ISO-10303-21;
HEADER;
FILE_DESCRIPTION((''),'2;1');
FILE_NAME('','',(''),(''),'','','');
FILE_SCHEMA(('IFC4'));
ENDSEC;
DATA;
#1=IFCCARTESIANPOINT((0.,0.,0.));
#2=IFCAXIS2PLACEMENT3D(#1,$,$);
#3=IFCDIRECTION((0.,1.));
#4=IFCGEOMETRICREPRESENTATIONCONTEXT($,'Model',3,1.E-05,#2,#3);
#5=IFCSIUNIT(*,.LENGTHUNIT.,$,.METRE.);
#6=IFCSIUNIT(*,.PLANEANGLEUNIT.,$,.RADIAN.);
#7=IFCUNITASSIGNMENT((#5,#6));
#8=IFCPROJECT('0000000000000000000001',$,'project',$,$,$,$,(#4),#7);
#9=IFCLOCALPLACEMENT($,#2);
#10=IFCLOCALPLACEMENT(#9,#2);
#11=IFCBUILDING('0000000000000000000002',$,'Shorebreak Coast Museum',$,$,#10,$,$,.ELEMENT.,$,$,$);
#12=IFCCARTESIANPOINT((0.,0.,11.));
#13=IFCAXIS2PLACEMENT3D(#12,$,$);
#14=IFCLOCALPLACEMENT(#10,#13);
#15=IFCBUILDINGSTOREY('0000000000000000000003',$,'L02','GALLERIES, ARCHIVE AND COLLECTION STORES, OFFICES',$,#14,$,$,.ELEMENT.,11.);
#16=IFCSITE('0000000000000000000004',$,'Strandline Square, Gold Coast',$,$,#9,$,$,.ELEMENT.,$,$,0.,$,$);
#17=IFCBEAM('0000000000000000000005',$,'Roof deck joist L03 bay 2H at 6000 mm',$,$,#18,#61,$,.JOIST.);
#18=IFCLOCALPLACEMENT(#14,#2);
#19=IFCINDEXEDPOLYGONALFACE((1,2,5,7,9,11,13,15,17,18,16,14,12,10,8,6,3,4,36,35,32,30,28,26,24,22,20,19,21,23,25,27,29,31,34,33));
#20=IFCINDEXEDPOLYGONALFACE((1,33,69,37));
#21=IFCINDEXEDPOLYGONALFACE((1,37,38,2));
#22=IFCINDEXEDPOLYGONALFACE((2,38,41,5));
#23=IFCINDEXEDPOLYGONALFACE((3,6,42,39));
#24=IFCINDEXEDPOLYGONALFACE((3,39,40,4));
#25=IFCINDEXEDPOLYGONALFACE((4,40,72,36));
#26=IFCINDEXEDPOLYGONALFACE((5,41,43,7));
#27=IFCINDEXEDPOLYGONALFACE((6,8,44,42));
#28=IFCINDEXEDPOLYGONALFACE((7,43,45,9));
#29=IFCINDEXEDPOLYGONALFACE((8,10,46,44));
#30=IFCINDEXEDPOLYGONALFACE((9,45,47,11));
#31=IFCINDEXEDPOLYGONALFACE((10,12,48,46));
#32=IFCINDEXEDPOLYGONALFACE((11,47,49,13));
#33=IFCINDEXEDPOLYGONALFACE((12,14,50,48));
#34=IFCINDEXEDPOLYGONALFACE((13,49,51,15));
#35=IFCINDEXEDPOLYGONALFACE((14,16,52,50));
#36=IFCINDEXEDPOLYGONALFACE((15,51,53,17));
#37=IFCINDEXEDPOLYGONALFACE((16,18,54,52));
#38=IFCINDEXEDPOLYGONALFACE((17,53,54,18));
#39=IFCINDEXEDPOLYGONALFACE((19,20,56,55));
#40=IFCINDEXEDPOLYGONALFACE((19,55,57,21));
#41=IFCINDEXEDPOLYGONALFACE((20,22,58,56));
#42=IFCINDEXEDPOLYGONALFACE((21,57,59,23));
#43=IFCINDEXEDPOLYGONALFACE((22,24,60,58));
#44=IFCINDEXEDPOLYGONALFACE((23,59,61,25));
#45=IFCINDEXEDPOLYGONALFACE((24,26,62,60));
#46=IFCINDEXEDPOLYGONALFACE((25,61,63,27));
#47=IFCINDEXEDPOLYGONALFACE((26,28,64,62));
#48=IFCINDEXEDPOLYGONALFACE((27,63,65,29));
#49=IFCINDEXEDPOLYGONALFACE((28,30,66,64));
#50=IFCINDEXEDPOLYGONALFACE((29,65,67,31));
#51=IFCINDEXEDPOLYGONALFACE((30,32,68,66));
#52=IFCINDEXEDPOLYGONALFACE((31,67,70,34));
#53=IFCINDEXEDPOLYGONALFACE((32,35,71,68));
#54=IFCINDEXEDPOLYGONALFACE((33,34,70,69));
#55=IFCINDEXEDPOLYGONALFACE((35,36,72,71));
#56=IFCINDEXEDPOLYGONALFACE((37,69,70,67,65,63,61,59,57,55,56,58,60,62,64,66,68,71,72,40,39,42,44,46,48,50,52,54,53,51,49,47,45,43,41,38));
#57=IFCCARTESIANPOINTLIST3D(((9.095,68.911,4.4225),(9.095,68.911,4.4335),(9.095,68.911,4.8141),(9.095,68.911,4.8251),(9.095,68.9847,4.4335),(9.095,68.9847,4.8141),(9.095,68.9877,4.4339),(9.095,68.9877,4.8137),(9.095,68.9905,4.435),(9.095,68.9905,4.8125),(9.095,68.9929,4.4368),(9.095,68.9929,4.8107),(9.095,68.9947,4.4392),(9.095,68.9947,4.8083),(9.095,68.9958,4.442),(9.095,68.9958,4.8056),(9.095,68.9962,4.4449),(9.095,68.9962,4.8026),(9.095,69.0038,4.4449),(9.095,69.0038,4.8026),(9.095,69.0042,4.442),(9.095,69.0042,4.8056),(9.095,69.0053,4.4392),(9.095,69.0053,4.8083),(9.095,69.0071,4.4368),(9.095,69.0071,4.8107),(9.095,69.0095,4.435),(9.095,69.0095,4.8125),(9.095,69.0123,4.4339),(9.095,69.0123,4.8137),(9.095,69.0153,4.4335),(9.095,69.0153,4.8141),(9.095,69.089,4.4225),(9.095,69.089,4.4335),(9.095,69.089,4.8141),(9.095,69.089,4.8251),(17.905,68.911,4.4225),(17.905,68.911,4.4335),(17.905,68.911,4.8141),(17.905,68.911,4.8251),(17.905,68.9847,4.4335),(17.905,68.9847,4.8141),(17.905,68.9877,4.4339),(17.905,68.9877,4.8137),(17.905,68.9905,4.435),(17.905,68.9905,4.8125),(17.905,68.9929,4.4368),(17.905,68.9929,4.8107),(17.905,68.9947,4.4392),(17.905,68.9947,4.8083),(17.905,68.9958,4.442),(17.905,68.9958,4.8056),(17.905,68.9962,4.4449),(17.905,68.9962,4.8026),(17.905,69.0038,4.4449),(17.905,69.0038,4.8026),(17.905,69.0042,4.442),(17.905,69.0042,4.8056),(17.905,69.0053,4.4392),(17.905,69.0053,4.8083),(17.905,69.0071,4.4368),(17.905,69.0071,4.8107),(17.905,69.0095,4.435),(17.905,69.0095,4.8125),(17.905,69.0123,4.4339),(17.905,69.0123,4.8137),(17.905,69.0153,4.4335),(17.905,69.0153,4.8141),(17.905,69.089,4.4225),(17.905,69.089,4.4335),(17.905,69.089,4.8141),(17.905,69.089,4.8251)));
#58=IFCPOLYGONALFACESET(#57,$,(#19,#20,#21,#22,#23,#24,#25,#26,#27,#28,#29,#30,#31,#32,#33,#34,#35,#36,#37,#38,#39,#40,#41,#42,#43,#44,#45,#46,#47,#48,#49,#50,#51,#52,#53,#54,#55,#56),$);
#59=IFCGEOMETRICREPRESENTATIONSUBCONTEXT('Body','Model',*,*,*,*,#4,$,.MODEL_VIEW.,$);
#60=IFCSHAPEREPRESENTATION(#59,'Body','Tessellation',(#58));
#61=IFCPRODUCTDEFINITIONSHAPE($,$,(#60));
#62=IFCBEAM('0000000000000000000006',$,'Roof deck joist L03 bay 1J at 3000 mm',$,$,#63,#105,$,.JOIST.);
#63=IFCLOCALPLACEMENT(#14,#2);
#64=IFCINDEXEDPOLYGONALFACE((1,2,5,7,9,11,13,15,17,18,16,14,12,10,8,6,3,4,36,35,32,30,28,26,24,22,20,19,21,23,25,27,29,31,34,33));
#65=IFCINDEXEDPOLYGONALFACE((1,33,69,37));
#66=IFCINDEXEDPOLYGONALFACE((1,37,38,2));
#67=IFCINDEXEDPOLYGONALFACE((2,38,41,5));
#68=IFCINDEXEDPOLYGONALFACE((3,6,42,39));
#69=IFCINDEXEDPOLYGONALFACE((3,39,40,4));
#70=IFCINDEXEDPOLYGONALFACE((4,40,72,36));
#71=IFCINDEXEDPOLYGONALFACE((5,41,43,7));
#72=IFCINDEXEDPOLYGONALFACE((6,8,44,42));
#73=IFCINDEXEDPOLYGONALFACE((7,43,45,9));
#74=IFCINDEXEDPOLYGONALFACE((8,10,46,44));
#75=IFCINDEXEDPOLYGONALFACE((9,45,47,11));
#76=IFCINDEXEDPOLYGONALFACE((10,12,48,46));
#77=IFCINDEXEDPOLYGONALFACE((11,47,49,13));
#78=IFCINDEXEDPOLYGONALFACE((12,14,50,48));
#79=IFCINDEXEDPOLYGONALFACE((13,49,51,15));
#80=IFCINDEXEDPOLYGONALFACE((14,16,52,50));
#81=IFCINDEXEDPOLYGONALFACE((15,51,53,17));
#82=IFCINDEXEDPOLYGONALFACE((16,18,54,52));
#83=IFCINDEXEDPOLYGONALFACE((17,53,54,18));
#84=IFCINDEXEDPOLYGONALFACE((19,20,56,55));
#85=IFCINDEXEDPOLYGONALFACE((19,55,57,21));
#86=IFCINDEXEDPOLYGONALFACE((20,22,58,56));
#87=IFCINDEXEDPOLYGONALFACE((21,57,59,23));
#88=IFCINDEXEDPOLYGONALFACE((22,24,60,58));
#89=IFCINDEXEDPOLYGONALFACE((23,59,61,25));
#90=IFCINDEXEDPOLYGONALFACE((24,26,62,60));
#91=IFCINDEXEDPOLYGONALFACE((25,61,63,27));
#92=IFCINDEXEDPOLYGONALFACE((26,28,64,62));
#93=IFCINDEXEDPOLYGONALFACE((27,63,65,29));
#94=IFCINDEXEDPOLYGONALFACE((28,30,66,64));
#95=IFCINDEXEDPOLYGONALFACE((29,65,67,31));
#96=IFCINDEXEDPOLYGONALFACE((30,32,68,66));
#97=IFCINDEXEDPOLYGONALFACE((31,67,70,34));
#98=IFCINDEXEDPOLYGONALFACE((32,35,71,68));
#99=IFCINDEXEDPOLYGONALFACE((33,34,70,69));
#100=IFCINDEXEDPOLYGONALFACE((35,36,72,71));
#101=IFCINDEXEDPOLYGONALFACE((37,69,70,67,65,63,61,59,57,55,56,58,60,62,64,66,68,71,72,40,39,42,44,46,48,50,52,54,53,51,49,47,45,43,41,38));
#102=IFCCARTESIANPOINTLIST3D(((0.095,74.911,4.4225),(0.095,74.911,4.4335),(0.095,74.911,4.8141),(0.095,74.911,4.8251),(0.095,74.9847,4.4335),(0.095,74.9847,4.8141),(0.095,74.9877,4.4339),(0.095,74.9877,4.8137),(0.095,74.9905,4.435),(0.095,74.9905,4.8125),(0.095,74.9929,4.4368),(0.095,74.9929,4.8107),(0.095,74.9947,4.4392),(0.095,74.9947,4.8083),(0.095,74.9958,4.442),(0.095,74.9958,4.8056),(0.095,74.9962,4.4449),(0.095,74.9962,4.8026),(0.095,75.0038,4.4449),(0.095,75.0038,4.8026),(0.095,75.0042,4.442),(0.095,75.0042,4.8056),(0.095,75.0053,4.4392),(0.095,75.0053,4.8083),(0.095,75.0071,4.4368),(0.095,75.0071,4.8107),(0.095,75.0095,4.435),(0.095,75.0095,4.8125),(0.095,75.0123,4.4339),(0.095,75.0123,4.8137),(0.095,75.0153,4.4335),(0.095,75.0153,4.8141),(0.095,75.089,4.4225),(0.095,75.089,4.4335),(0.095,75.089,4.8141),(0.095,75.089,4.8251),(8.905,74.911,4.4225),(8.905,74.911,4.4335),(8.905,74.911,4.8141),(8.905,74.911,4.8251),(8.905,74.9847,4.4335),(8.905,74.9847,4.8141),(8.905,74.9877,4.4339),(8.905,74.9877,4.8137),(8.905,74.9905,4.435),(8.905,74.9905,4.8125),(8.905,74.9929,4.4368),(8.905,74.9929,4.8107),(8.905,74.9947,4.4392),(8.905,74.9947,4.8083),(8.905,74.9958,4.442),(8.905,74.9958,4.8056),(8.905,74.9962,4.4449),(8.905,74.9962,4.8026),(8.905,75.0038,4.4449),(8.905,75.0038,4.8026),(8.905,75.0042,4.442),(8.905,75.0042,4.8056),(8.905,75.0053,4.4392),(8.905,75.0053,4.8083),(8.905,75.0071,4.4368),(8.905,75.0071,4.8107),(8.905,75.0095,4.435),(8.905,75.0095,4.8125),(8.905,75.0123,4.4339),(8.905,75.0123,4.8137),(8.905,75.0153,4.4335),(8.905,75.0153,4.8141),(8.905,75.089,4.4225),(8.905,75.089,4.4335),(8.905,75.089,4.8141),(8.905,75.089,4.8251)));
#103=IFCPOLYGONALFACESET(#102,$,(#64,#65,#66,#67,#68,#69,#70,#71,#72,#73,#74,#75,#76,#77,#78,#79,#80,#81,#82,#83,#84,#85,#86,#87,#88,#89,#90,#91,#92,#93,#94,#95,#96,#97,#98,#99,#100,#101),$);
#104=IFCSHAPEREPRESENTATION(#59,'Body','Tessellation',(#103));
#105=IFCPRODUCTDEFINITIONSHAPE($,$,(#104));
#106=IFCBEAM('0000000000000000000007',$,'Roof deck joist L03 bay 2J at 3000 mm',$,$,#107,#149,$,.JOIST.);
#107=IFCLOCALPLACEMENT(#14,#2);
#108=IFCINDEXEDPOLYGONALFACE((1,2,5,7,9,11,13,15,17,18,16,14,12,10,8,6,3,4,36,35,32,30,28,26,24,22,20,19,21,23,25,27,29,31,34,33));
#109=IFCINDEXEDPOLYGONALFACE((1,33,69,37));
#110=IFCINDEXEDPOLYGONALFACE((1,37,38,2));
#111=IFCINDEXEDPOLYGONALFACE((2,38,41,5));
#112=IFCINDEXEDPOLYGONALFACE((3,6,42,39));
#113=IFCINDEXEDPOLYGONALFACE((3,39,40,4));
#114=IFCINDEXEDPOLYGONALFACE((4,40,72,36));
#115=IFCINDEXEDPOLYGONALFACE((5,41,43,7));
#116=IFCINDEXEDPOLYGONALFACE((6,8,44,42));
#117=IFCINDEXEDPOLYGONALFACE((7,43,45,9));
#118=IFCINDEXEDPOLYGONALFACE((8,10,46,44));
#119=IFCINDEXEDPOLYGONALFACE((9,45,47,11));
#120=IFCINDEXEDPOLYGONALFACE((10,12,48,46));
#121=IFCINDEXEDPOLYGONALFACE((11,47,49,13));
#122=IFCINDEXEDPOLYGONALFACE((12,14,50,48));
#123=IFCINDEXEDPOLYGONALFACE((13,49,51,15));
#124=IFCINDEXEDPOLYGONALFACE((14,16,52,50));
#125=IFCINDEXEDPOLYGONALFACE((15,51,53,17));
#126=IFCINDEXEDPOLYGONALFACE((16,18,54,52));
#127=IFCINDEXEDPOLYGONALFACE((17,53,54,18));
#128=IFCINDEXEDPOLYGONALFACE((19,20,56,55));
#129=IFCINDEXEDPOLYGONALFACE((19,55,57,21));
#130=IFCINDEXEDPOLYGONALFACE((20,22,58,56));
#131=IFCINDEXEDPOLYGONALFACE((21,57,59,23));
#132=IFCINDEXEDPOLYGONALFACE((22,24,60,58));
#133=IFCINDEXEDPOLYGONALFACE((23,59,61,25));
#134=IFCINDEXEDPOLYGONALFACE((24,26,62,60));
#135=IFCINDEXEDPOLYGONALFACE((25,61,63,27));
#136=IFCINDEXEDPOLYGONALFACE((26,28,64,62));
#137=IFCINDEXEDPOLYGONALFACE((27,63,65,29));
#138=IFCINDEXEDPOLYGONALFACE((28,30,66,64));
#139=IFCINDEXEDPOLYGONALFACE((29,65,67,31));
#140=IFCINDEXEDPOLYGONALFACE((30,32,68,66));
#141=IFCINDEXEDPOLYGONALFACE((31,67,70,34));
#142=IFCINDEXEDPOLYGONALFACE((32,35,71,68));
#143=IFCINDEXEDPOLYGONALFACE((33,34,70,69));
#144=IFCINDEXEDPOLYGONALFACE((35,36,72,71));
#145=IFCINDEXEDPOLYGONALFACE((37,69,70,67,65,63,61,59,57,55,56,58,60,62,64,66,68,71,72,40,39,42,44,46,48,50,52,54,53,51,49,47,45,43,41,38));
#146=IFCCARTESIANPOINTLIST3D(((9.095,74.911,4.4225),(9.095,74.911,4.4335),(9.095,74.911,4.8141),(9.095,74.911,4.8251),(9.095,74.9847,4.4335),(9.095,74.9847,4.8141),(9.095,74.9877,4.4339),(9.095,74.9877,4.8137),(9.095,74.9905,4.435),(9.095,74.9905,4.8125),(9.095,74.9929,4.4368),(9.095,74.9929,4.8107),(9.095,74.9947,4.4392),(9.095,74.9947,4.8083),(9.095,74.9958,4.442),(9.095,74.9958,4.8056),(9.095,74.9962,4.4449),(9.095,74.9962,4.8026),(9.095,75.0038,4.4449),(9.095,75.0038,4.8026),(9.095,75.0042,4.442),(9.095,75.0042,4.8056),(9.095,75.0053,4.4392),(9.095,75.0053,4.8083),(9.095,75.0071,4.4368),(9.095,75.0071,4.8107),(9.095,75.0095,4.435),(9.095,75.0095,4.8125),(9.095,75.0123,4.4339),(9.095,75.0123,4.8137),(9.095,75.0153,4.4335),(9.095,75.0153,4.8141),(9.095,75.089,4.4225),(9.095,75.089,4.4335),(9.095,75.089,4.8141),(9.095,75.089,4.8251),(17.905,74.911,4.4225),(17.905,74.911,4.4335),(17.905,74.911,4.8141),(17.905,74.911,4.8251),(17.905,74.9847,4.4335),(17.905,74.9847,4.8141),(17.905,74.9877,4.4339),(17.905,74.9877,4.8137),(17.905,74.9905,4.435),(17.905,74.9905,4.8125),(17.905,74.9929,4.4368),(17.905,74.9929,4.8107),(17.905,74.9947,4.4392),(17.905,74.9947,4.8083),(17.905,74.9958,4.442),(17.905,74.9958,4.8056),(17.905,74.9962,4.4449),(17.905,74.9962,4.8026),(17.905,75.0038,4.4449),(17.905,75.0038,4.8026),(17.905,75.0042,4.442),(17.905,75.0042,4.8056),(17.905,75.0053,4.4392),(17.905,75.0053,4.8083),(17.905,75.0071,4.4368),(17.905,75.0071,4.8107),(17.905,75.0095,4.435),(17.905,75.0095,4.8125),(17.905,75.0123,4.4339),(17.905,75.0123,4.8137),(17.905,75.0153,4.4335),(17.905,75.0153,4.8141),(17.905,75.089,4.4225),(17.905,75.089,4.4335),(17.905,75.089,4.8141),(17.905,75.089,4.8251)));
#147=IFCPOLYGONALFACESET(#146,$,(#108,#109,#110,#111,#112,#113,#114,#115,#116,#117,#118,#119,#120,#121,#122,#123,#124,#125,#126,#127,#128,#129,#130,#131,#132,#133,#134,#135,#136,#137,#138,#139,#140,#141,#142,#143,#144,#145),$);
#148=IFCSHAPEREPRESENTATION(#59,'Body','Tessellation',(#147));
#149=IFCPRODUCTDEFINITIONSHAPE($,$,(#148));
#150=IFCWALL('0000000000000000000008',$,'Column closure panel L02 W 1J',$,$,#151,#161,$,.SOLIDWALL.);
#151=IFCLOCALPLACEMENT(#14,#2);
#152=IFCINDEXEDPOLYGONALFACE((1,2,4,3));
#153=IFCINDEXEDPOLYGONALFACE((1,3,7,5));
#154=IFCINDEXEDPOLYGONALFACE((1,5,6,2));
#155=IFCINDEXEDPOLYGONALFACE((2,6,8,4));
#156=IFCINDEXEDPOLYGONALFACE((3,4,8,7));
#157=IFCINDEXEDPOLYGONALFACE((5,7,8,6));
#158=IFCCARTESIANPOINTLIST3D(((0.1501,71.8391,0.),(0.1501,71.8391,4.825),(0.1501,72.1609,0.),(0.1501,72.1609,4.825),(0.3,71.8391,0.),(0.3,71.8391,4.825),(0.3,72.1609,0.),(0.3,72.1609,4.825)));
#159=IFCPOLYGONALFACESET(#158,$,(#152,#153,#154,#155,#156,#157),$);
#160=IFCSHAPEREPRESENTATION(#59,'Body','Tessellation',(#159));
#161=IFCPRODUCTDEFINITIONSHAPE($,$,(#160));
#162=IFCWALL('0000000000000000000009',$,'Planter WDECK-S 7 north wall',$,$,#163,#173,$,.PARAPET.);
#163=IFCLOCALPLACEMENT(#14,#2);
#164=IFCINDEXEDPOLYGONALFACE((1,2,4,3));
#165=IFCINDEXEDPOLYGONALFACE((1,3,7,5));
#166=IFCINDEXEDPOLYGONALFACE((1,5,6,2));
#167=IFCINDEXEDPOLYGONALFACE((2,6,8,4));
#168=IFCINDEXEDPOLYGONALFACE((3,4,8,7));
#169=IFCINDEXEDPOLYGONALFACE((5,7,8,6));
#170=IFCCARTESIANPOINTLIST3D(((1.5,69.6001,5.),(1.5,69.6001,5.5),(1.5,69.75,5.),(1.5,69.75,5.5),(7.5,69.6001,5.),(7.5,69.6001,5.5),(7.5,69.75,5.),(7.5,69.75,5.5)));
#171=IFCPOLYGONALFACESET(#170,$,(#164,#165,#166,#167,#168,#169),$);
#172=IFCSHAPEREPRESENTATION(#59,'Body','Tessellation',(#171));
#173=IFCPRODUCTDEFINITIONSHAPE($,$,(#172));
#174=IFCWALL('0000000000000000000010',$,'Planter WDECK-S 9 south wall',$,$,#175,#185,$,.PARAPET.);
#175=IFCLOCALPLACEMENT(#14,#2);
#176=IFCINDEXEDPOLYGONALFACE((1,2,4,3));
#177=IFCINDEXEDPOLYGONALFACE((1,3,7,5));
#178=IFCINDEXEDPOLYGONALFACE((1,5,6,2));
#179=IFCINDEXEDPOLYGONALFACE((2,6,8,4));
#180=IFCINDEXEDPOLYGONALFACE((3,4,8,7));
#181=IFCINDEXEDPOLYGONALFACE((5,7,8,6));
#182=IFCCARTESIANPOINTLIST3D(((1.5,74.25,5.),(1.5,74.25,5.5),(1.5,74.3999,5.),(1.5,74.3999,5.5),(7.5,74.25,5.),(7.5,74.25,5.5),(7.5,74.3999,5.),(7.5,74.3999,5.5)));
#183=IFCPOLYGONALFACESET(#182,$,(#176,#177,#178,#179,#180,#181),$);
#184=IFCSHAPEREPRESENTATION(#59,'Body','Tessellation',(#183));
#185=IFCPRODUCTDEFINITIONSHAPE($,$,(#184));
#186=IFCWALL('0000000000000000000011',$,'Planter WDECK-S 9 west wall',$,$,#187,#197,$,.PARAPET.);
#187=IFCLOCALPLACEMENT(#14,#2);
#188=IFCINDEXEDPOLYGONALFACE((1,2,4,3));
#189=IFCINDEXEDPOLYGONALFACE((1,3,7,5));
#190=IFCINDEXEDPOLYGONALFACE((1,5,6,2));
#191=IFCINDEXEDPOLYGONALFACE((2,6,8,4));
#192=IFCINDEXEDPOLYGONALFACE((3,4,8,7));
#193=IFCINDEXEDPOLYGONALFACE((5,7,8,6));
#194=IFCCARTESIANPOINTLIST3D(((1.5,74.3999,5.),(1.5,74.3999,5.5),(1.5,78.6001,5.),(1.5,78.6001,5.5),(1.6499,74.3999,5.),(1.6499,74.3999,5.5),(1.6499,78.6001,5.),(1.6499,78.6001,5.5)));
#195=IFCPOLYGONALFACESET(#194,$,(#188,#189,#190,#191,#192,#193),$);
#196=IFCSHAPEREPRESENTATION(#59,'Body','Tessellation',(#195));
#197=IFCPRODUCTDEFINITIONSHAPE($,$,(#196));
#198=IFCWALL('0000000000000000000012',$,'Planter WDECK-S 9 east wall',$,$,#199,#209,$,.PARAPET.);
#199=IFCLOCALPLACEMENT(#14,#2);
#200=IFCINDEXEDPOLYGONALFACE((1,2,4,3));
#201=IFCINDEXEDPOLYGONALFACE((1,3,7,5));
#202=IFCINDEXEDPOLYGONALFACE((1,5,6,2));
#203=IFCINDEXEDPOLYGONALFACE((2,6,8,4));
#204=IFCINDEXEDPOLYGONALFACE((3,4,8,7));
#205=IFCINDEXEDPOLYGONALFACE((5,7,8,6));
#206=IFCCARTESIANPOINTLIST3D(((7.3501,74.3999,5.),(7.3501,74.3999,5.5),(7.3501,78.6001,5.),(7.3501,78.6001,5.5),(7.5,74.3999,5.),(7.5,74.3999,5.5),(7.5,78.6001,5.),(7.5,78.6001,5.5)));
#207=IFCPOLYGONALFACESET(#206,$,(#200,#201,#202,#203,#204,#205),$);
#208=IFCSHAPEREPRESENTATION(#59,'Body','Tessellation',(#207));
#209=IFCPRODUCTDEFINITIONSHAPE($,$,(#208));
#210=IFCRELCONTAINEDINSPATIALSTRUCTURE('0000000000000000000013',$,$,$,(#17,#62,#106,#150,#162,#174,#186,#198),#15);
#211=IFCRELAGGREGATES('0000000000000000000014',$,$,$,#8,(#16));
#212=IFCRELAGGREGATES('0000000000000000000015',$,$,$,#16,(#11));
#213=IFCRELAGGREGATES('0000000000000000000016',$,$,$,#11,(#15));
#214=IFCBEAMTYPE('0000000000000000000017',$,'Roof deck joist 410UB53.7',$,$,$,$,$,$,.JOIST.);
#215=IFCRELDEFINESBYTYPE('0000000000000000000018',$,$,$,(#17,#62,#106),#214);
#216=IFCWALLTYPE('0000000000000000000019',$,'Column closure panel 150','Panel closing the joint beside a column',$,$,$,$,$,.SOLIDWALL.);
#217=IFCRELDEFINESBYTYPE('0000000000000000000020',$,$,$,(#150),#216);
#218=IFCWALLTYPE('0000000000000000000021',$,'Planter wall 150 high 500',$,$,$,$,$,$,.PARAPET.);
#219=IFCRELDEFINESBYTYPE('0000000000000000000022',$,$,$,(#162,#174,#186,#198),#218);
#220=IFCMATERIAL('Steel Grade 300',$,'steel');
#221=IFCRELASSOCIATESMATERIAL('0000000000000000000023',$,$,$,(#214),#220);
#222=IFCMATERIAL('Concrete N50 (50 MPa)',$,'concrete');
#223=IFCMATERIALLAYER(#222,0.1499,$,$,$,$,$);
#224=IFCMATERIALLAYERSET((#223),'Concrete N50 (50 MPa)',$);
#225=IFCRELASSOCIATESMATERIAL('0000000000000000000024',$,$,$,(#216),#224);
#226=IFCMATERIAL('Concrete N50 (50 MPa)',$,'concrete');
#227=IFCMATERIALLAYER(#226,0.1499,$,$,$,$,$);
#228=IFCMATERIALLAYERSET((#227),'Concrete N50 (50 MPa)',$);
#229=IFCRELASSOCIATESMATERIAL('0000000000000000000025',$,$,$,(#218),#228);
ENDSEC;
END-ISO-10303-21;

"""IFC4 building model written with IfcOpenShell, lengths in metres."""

from ifc_helpers import new_model, si_unit, direction, frame, frame_2d, origin, origin_2d, place, context, subcontext, project, spatial, rectangle, i_section, extrude, material, layer, layer_set, material_profile, profile_set, type_object, element, save


model = new_model("IFC4")

# Units and contexts
model_context = context("Model", 3, precision=1e-05, world=origin(), true_north=direction((0.0, 1.0)))
body_context = subcontext(model_context, "Body", "Model", "MODEL_VIEW")
ifc_project = project(units=[si_unit("LENGTHUNIT", "METRE"), si_unit("PLANEANGLEUNIT", "RADIAN")], contexts=[model_context])

# Site, building, storey
site_placement = place(None, origin())
site = spatial("IfcSite", under=ifc_project, at=site_placement, Name="Strandline Square, Gold Coast", CompositionType="ELEMENT", RefElevation=0.0)
building_placement = place(site_placement, origin())
building = spatial("IfcBuilding", under=site, at=building_placement, Name="Shorebreak Coast Museum", CompositionType="ELEMENT")
storey_placement = place(building_placement, frame((0.0, 0.0, 11.0)))
storey = spatial("IfcBuildingStorey", under=building, at=storey_placement, Name="L02", Description="GALLERIES, ARCHIVE AND COLLECTION STORES, OFFICES", CompositionType="ELEMENT", Elevation=11.0)

# Beams
ifc_material_1 = material(Name="Steel Grade 300", Category="steel")
ifc_material_profile_1 = material_profile(ifc_material_1, i_section(OverallWidth=0.178, OverallDepth=0.4026, WebThickness=0.0076, FlangeThickness=0.011, FilletRadius=0.0115, at=origin_2d()), Name="410UB53.7")
ifc_profile_set_1 = profile_set([ifc_material_profile_1], Name="Steel Grade 300")
beam_type_1 = type_object("IfcBeamType", Name="Roof deck joist 410UB53.7", PredefinedType="JOIST", material=ifc_profile_set_1)
for number, where, z_axis, x_axis, name in (
    (1, (9.095, 69.0, 4.6238), (1.0, 0.0, 0.0), (0.0, 1.0, 0.0), "Roof deck joist L03 bay 2H at 6000 mm"),
    (2, (0.095, 75.0, 4.6238), (1.0, 0.0, 0.0), (0.0, 1.0, 0.0), "Roof deck joist L03 bay 1J at 3000 mm"),
    (3, (9.095, 75.0, 4.6238), (1.0, 0.0, 0.0), (0.0, 1.0, 0.0), "Roof deck joist L03 bay 2J at 3000 mm"),
):
    element("IfcBeam", number, at=place(storey_placement, frame(where, z_axis=z_axis, x_axis=x_axis)), inside=storey, type_object=beam_type_1, Name=name, PredefinedType="JOIST", context=body_context, shape_type="SweptSolid", body=[
        extrude(i_section(OverallWidth=0.178, OverallDepth=0.4026, WebThickness=0.0076, FlangeThickness=0.011, FilletRadius=0.0115, at=origin_2d()), origin(), (0.0, 0.0, 1.0), 8.8101),
    ])

# Walls
ifc_material_2 = material(Name="Concrete N50 (50 MPa)", Category="concrete")
ifc_layer_1 = layer(ifc_material_2, 0.1499)
ifc_layer_set_1 = layer_set([ifc_layer_1], Name="Concrete N50 (50 MPa)")
wall_type_1 = type_object("IfcWallType", Name="Column closure panel 150", Description="Panel closing the joint beside a column", PredefinedType="SOLIDWALL", material=ifc_layer_set_1)
wall_1_placement = place(storey_placement, frame((0.2251, 71.8391, 0.0), z_axis=(0.0, 0.0, 1.0), x_axis=(0.0, 1.0, 0.0)))
element("IfcWall", 4, at=wall_1_placement, inside=storey, type_object=wall_type_1, Name="Column closure panel L02 W 1J", PredefinedType="SOLIDWALL", context=body_context, shape_type="SweptSolid", body=[
    extrude(rectangle(XDim=0.3218, YDim=0.1499, at=frame_2d((0.1609, 0.0))), origin(), (0.0, 0.0, 1.0), 4.825),
])
ifc_material_3 = material(Name="Concrete N50 (50 MPa)", Category="concrete")
ifc_layer_2 = layer(ifc_material_3, 0.1499)
ifc_layer_set_2 = layer_set([ifc_layer_2], Name="Concrete N50 (50 MPa)")
wall_type_2 = type_object("IfcWallType", Name="Planter wall 150 high 500", PredefinedType="PARAPET", material=ifc_layer_set_2)
for number, where, z_axis, x_axis, name in (
    (5, (1.5, 69.675, 5.0), (0.0, 0.0, 1.0), (1.0, 0.0, 0.0), "Planter WDECK-S 7 north wall"),
    (6, (1.5, 74.325, 5.0), (0.0, 0.0, 1.0), (1.0, 0.0, 0.0), "Planter WDECK-S 9 south wall"),
):
    element("IfcWall", number, at=place(storey_placement, frame(where, z_axis=z_axis, x_axis=x_axis)), inside=storey, type_object=wall_type_2, Name=name, PredefinedType="PARAPET", context=body_context, shape_type="SweptSolid", body=[
        extrude(rectangle(XDim=6.0, YDim=0.1499, at=frame_2d((3.0, 0.0))), origin(), (0.0, 0.0, 1.0), 0.5),
    ])
for number, where, z_axis, x_axis, name in (
    (7, (1.575, 74.3999, 5.0), (0.0, 0.0, 1.0), (0.0, 1.0, 0.0), "Planter WDECK-S 9 west wall"),
    (8, (7.425, 74.3999, 5.0), (0.0, 0.0, 1.0), (0.0, 1.0, 0.0), "Planter WDECK-S 9 east wall"),
):
    element("IfcWall", number, at=place(storey_placement, frame(where, z_axis=z_axis, x_axis=x_axis)), inside=storey, type_object=wall_type_2, Name=name, PredefinedType="PARAPET", context=body_context, shape_type="SweptSolid", body=[
        extrude(rectangle(XDim=4.2002, YDim=0.1499, at=frame_2d((2.1001, 0.0))), origin(), (0.0, 0.0, 1.0), 0.5),
    ])

save(model, "model.ifc")
